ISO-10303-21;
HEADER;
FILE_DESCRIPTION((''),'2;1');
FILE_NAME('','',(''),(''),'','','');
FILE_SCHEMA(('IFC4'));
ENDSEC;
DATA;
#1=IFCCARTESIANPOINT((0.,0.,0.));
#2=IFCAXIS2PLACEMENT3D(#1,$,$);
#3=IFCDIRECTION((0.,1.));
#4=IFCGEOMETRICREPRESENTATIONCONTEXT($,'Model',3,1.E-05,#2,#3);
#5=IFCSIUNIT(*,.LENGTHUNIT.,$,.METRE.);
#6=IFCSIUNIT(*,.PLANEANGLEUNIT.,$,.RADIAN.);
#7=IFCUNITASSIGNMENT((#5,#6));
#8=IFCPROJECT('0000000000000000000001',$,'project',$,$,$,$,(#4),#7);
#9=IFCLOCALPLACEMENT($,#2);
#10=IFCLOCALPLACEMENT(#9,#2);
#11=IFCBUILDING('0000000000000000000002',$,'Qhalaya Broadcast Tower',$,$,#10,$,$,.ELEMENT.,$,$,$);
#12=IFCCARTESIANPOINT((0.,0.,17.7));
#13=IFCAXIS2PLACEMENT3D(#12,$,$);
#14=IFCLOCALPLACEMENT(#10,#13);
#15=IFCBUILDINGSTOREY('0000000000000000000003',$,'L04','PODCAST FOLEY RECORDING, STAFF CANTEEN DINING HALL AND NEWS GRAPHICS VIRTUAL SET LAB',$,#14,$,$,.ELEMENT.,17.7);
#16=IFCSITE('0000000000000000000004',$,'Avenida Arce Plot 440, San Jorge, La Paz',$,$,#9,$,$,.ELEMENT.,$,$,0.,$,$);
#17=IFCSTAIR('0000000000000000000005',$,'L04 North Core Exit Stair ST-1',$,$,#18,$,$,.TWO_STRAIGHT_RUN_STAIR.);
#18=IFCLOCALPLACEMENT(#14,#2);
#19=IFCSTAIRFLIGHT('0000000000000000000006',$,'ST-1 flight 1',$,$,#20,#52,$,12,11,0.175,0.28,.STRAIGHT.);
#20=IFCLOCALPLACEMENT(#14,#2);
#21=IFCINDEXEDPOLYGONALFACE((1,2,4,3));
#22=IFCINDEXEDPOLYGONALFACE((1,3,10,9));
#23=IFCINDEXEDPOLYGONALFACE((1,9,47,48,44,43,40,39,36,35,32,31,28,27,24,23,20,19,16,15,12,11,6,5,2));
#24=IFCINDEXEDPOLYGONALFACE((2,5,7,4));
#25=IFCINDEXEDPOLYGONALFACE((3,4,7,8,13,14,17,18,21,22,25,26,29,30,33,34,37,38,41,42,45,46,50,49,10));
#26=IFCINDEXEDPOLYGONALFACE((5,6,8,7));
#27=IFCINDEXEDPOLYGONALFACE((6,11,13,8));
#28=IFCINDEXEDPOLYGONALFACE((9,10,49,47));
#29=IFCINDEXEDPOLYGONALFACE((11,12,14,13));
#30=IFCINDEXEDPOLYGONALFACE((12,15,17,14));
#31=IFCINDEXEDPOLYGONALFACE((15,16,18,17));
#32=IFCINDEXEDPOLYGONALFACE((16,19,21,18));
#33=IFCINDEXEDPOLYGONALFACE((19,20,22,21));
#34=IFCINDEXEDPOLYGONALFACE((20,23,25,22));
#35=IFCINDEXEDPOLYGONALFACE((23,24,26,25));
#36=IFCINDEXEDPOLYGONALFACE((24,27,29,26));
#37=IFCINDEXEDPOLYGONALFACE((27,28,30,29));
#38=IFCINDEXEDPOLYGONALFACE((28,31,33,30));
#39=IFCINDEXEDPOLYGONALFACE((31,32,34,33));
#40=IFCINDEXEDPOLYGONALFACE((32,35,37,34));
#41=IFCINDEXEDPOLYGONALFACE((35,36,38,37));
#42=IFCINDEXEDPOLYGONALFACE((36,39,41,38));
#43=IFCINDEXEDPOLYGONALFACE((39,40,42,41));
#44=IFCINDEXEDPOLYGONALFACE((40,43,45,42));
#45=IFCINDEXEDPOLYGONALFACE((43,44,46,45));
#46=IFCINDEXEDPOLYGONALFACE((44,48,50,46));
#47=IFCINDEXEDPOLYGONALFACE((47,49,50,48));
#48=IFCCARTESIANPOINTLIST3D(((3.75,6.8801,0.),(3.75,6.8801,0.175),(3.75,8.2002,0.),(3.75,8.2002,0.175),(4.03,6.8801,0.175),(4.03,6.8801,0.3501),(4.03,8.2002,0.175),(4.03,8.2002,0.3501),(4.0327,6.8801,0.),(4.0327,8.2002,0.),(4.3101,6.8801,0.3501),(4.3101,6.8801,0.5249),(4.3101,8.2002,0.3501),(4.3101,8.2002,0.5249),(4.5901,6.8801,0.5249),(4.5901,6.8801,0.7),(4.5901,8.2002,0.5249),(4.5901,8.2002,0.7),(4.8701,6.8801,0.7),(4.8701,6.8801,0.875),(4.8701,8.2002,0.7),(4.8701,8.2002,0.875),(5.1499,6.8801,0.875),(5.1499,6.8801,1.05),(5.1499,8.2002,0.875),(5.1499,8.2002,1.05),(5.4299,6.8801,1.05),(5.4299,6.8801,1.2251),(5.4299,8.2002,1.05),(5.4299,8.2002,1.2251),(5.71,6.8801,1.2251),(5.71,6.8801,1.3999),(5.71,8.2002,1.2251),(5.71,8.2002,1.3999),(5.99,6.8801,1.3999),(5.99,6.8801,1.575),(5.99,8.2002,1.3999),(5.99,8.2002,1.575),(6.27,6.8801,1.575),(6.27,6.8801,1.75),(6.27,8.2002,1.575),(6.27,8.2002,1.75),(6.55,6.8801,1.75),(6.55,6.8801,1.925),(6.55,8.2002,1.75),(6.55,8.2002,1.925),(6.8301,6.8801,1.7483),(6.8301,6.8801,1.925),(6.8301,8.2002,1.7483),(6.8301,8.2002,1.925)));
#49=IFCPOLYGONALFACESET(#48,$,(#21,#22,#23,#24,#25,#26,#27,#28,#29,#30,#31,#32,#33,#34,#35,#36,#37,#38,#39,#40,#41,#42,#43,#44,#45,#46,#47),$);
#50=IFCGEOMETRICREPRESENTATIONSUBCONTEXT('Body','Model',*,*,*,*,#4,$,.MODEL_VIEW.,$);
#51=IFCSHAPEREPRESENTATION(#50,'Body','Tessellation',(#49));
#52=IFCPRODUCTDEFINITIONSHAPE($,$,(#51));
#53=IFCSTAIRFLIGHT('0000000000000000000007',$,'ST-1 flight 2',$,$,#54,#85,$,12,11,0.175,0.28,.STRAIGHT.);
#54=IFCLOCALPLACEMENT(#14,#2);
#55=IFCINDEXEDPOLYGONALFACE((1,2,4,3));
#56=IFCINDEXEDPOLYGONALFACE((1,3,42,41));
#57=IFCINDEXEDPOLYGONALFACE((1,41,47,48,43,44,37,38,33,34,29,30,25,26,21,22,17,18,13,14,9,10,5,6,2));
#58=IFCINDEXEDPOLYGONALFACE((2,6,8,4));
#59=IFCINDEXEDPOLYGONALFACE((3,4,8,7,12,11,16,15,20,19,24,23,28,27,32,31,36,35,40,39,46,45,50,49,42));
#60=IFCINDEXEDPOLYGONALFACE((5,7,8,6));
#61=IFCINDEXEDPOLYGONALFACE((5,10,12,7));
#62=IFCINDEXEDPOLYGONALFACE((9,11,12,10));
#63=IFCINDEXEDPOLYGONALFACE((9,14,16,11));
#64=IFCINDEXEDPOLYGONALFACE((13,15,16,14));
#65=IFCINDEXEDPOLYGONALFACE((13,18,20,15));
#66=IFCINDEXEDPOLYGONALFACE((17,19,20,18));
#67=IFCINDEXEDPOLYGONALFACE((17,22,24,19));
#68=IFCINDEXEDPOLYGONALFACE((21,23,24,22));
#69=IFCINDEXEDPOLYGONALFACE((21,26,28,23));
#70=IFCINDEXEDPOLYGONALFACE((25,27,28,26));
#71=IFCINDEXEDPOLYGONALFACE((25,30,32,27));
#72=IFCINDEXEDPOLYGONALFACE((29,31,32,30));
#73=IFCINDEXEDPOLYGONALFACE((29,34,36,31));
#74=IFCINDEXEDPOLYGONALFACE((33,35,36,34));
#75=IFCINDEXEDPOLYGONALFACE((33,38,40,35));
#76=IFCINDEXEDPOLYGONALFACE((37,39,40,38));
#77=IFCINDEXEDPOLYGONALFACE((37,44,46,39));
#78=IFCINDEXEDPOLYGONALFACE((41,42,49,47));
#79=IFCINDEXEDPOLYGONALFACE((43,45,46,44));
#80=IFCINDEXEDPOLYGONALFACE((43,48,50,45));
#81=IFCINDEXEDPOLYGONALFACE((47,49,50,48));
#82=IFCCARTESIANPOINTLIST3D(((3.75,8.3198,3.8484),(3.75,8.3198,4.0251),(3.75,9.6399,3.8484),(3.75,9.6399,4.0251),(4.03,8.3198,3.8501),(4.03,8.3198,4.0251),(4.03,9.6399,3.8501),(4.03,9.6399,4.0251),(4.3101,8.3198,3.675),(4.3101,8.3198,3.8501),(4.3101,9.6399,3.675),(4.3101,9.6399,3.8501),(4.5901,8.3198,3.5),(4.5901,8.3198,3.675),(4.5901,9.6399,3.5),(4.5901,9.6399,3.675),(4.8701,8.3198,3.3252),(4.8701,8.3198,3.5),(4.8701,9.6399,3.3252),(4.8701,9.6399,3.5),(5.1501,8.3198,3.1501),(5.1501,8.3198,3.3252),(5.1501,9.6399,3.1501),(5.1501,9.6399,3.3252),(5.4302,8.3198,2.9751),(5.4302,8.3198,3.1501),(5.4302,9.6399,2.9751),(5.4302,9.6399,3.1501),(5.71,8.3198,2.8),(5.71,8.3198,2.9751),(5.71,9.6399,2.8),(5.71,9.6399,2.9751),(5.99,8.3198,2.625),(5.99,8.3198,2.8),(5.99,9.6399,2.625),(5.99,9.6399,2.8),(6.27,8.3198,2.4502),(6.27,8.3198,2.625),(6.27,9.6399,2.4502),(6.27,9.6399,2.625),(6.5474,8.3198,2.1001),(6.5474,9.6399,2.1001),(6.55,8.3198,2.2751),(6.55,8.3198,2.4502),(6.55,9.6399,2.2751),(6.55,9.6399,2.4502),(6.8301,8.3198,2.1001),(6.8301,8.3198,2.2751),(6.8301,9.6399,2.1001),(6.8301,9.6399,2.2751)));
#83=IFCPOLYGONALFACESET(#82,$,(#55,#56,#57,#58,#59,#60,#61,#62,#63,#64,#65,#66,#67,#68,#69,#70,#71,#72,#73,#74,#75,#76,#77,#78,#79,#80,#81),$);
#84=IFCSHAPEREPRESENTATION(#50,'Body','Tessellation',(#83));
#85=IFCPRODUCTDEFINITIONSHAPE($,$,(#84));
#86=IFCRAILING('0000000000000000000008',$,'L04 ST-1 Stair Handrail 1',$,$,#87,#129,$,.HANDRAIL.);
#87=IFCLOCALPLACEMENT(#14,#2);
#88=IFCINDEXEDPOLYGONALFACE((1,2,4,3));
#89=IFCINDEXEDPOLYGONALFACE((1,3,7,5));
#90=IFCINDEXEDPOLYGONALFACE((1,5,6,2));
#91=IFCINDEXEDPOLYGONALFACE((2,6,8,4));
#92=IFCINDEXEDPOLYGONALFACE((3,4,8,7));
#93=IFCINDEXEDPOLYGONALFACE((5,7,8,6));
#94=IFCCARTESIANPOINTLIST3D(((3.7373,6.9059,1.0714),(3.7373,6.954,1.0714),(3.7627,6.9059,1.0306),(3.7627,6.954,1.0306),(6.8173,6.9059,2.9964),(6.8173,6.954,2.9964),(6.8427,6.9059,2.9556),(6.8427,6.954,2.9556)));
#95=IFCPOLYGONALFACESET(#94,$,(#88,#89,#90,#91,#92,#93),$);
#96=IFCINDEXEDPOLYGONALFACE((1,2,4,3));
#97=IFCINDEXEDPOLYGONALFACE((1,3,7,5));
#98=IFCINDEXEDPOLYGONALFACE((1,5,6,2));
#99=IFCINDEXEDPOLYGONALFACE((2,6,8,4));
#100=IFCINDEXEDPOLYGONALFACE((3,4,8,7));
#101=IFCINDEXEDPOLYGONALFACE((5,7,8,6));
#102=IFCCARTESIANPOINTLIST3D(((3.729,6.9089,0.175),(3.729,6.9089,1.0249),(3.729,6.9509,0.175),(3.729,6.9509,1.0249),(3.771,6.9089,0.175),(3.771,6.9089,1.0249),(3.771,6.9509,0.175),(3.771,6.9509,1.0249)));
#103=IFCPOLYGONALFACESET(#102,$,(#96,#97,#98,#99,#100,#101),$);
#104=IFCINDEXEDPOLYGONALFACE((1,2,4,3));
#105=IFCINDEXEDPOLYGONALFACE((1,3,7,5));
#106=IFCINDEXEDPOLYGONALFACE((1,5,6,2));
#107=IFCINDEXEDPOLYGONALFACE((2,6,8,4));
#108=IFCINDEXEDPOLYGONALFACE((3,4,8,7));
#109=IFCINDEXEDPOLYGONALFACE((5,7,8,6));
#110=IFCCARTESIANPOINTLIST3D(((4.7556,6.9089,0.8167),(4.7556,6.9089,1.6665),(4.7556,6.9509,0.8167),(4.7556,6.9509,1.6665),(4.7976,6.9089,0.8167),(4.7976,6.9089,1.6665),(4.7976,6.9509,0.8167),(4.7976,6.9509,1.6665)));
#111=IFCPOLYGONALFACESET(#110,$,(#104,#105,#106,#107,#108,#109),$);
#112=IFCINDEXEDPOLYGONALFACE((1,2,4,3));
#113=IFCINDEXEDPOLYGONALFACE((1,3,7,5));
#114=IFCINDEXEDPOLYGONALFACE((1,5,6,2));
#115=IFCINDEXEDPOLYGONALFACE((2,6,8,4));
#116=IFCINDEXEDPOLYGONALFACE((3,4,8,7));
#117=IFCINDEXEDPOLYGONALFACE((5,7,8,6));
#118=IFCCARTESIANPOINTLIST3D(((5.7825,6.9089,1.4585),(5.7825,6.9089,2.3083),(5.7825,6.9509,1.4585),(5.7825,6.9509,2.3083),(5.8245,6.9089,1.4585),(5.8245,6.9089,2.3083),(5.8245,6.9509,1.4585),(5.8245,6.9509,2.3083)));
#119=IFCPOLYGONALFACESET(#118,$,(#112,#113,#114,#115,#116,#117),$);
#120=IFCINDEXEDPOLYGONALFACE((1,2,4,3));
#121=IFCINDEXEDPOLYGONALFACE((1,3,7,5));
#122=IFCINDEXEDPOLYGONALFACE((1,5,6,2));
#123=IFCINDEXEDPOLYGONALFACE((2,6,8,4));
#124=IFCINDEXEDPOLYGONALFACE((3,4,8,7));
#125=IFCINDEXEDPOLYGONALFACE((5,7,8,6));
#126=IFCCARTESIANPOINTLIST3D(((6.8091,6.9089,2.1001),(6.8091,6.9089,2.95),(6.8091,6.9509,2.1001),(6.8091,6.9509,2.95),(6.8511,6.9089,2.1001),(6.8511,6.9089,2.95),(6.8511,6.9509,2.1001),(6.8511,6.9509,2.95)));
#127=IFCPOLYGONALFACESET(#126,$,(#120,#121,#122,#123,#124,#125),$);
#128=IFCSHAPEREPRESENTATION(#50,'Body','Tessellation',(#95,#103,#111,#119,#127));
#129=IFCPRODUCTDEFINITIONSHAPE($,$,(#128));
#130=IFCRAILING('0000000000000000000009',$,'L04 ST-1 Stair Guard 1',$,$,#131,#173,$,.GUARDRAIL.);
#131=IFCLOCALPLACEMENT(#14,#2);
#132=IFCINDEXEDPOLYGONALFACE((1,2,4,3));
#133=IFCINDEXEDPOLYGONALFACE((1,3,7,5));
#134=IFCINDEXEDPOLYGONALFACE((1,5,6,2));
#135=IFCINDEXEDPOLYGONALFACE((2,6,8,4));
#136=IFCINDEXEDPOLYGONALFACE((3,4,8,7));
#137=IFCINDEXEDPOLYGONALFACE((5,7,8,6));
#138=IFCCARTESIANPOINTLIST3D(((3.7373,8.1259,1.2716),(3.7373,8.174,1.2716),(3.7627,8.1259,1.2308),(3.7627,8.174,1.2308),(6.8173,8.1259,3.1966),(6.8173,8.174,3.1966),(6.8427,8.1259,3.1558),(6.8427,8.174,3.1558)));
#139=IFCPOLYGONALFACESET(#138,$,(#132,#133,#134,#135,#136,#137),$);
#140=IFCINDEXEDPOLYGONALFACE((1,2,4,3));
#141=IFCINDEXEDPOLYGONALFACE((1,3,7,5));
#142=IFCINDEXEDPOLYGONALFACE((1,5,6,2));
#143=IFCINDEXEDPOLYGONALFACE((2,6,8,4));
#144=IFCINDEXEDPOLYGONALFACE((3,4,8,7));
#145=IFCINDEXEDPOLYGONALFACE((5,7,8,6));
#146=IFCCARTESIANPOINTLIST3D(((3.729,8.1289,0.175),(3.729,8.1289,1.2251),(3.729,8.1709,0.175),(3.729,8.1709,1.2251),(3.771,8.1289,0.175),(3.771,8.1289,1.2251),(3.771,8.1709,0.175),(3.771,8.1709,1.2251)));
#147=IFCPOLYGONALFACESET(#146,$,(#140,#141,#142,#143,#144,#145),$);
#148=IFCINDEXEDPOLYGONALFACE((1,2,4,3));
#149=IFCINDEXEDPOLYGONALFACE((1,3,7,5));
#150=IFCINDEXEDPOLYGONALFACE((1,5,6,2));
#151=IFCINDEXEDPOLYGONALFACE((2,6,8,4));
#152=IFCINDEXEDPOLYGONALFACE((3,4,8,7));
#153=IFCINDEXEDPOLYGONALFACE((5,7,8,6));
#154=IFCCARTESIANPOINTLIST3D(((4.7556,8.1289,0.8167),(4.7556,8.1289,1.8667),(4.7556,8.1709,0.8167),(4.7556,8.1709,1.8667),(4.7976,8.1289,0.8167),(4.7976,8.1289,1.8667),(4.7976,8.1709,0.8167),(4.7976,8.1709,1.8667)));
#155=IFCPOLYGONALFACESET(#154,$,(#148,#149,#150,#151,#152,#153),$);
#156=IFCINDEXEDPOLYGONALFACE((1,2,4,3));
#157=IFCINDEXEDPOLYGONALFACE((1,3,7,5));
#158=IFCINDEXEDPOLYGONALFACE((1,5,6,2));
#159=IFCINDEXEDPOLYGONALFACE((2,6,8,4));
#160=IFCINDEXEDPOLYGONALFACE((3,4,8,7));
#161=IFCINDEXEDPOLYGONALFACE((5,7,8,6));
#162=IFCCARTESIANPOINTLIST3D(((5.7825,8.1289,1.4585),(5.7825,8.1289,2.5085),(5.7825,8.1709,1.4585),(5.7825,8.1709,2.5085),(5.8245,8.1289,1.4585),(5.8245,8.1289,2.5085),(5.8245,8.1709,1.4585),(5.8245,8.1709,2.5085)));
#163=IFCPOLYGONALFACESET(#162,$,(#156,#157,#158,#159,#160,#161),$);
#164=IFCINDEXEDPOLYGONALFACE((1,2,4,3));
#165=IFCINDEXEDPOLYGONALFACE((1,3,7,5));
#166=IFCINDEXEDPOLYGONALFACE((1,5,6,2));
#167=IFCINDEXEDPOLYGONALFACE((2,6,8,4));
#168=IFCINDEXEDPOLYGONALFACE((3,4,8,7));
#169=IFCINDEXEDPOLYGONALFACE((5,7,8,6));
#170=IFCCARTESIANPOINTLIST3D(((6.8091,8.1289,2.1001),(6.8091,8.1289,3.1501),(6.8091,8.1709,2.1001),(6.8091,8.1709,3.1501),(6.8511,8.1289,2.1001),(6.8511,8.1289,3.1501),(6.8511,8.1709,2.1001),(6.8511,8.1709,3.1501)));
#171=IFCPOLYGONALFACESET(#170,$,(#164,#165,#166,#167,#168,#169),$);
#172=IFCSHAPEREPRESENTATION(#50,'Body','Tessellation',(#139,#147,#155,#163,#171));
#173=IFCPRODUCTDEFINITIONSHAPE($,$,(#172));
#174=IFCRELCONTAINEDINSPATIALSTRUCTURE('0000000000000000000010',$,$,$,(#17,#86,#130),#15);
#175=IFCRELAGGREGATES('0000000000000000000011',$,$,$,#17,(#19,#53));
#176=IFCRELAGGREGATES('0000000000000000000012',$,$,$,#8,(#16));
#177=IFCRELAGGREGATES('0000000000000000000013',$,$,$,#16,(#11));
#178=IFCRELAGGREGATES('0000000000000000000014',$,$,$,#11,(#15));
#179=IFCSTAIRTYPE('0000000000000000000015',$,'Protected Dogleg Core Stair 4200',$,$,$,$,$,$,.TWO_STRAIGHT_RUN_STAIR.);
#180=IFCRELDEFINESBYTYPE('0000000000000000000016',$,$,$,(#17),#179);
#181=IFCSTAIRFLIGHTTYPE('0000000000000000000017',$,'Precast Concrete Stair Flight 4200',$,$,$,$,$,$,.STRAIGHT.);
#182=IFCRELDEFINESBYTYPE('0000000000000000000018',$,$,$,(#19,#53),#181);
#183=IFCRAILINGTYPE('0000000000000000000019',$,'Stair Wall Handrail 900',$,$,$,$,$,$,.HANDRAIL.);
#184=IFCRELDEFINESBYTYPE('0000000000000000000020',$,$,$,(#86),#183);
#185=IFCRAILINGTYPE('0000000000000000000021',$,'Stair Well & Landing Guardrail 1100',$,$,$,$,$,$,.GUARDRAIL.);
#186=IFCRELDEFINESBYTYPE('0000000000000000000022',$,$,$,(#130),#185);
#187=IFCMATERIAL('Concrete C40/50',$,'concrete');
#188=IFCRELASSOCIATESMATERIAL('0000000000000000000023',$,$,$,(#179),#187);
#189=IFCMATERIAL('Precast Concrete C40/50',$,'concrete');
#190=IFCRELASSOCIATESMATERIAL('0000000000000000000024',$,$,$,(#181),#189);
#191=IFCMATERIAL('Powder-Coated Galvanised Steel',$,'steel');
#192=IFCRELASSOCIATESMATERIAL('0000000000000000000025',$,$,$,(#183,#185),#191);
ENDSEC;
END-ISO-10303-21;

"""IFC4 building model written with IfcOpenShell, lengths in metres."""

from ifc_helpers import new_model, si_unit, direction, frame, origin, origin_2d, place, context, subcontext, project, spatial, polyline, rectangle, outline, extrude, material, type_object, element, aggregate, save


model = new_model("IFC4")

# Units and contexts
model_context = context("Model", 3, precision=1e-05, world=origin(), true_north=direction((0.0, 1.0)))
body_context = subcontext(model_context, "Body", "Model", "MODEL_VIEW")
ifc_project = project(units=[si_unit("LENGTHUNIT", "METRE"), si_unit("PLANEANGLEUNIT", "RADIAN")], contexts=[model_context])

# Site, building, storey
site_placement = place(None, origin())
site = spatial("IfcSite", under=ifc_project, at=site_placement, Name="Avenida Arce Plot 440, San Jorge, La Paz", CompositionType="ELEMENT", RefElevation=0.0)
building_placement = place(site_placement, origin())
building = spatial("IfcBuilding", under=site, at=building_placement, Name="Qhalaya Broadcast Tower", CompositionType="ELEMENT")
storey_placement = place(building_placement, frame((0.0, 0.0, 17.7)))
storey = spatial("IfcBuildingStorey", under=building, at=storey_placement, Name="L04", Description="PODCAST FOLEY RECORDING, STAFF CANTEEN DINING HALL AND NEWS GRAPHICS VIRTUAL SET LAB", CompositionType="ELEMENT", Elevation=17.7)

# Shared definitions
ifc_material_1 = material(Name="Concrete C40/50", Category="concrete")

# Stair
stair_type = type_object("IfcStairType", Name="Protected Dogleg Core Stair 4200", PredefinedType="TWO_STRAIGHT_RUN_STAIR", material=ifc_material_1)
stair_1_placement = place(storey_placement, origin())
stair_1 = element("IfcStair", 1, at=stair_1_placement, inside=storey, type_object=stair_type, Name="L04 North Core Exit Stair ST-1", PredefinedType="TWO_STRAIGHT_RUN_STAIR")

# Stair flights
ifc_material_2 = material(Name="Precast Concrete C40/50", Category="concrete")
stair_flight_type = type_object("IfcStairFlightType", Name="Precast Concrete Stair Flight 4200", PredefinedType="STRAIGHT", material=ifc_material_2)
stair_flight_1_placement = place(storey_placement, frame((3.75, 7.54, 0.0), z_axis=(0.0, 0.0, 1.0), x_axis=(1.0, 0.0, 0.0)))
stair_flight_1 = element("IfcStairFlight", 2, at=stair_flight_1_placement, type_object=stair_flight_type, Name="ST-1 flight 1", NumberOfRisers=12, NumberOfTreads=11, PredefinedType="STRAIGHT", RiserHeight=0.175, TreadLength=0.28, context=body_context, shape_type="SweptSolid", body=[
    extrude(outline(polyline([(0.0, 0.0), (0.0, 0.175), (0.28, 0.175), (0.28, 0.3501), (0.5601, 0.3501), (0.5601, 0.5249), (0.8401, 0.5249), (0.8401, 0.7), (1.1201, 0.7), (1.1201, 0.875), (1.3999, 0.875), (1.3999, 1.05), (1.6799, 1.05), (1.6799, 1.2251), (1.96, 1.2251), (1.96, 1.3999), (2.24, 1.3999), (2.24, 1.575), (2.52, 1.575), (2.52, 1.75), (2.8, 1.75), (2.8, 1.925), (3.0801, 1.925), (3.0801, 2.1001), (3.0801, 1.7483), (0.2827, 0.0), (0.0, 0.0)])), frame((0.0, 0.6602, 0.0), z_axis=(0.0, -1.0, 0.0), x_axis=(1.0, 0.0, 0.0)), (0.0, 0.0, 1.0), 1.3201),
])
stair_flight_2_placement = place(storey_placement, frame((6.8301, 8.98, 2.1001), z_axis=(0.0, 0.0, 1.0), x_axis=(-1.0, 0.0, 0.0)))
stair_flight_2 = element("IfcStairFlight", 3, at=stair_flight_2_placement, type_object=stair_flight_type, Name="ST-1 flight 2", NumberOfRisers=12, NumberOfTreads=11, PredefinedType="STRAIGHT", RiserHeight=0.175, TreadLength=0.28, context=body_context, shape_type="SweptSolid", body=[
    extrude(outline(polyline([(0.0, 0.0), (0.0, 0.175), (0.28, 0.175), (0.28, 0.3501), (0.5601, 0.3501), (0.5601, 0.5249), (0.8401, 0.5249), (0.8401, 0.7), (1.1201, 0.7), (1.1201, 0.875), (1.3999, 0.875), (1.3999, 1.05), (1.6799, 1.05), (1.6799, 1.2251), (1.96, 1.2251), (1.96, 1.3999), (2.24, 1.3999), (2.24, 1.575), (2.52, 1.575), (2.52, 1.75), (2.8, 1.75), (2.8, 1.925), (3.0801, 1.925), (3.0801, 2.1001), (3.0801, 1.7483), (0.2827, 0.0), (0.0, 0.0)])), frame((0.0, 0.6602, 0.0), z_axis=(0.0, -1.0, 0.0), x_axis=(1.0, 0.0, 0.0)), (0.0, 0.0, 1.0), 1.3201),
])
aggregate(stair_1, [stair_flight_1, stair_flight_2])

# Railings
ifc_material_3 = material(Name="Powder-Coated Galvanised Steel", Category="steel")
railing_type_1 = type_object("IfcRailingType", Name="Stair Wall Handrail 900", PredefinedType="HANDRAIL", material=ifc_material_3)
railing_1_placement = place(storey_placement, frame((3.75, 6.9299, 0.175)))
element("IfcRailing", 4, at=railing_1_placement, inside=storey, type_object=railing_type_1, Name="L04 ST-1 Stair Handrail 1", PredefinedType="HANDRAIL", context=body_context, shape_type="SweptSolid", body=[
    extrude(rectangle(XDim=0.0481, YDim=0.0481, at=origin_2d()), frame((0.0, 0.0, 0.876), z_axis=(0.847998, 0.0, 0.529999), x_axis=(0.0, 1.0, 0.0)), (0.0, 0.0, 1.0), 3.6321),
    extrude(rectangle(XDim=0.042, YDim=0.042, at=origin_2d()), origin(), (0.0, 0.0, 1.0), 0.8499),
    extrude(rectangle(XDim=0.042, YDim=0.042, at=origin_2d()), frame((1.0266, 0.0, 0.6416)), (0.0, 0.0, 1.0), 0.8499),
    extrude(rectangle(XDim=0.042, YDim=0.042, at=origin_2d()), frame((2.0535, 0.0, 1.2834)), (0.0, 0.0, 1.0), 0.8499),
    extrude(rectangle(XDim=0.042, YDim=0.042, at=origin_2d()), frame((3.0801, 0.0, 1.925)), (0.0, 0.0, 1.0), 0.8499),
])
railing_type_2 = type_object("IfcRailingType", Name="Stair Well & Landing Guardrail 1100", PredefinedType="GUARDRAIL", material=ifc_material_3)
railing_2_placement = place(storey_placement, frame((3.75, 8.1499, 0.175)))
element("IfcRailing", 5, at=railing_2_placement, inside=storey, type_object=railing_type_2, Name="L04 ST-1 Stair Guard 1", PredefinedType="GUARDRAIL", context=body_context, shape_type="SweptSolid", body=[
    extrude(rectangle(XDim=0.0481, YDim=0.0481, at=origin_2d()), frame((0.0, 0.0, 1.0762), z_axis=(0.847998, 0.0, 0.529999), x_axis=(0.0, 1.0, 0.0)), (0.0, 0.0, 1.0), 3.6321),
    extrude(rectangle(XDim=0.042, YDim=0.042, at=origin_2d()), origin(), (0.0, 0.0, 1.0), 1.05),
    extrude(rectangle(XDim=0.042, YDim=0.042, at=origin_2d()), frame((1.0266, 0.0, 0.6416)), (0.0, 0.0, 1.0), 1.05),
    extrude(rectangle(XDim=0.042, YDim=0.042, at=origin_2d()), frame((2.0535, 0.0, 1.2834)), (0.0, 0.0, 1.0), 1.05),
    extrude(rectangle(XDim=0.042, YDim=0.042, at=origin_2d()), frame((3.0801, 0.0, 1.925)), (0.0, 0.0, 1.0), 1.05),
])

save(model, "model.ifc")
